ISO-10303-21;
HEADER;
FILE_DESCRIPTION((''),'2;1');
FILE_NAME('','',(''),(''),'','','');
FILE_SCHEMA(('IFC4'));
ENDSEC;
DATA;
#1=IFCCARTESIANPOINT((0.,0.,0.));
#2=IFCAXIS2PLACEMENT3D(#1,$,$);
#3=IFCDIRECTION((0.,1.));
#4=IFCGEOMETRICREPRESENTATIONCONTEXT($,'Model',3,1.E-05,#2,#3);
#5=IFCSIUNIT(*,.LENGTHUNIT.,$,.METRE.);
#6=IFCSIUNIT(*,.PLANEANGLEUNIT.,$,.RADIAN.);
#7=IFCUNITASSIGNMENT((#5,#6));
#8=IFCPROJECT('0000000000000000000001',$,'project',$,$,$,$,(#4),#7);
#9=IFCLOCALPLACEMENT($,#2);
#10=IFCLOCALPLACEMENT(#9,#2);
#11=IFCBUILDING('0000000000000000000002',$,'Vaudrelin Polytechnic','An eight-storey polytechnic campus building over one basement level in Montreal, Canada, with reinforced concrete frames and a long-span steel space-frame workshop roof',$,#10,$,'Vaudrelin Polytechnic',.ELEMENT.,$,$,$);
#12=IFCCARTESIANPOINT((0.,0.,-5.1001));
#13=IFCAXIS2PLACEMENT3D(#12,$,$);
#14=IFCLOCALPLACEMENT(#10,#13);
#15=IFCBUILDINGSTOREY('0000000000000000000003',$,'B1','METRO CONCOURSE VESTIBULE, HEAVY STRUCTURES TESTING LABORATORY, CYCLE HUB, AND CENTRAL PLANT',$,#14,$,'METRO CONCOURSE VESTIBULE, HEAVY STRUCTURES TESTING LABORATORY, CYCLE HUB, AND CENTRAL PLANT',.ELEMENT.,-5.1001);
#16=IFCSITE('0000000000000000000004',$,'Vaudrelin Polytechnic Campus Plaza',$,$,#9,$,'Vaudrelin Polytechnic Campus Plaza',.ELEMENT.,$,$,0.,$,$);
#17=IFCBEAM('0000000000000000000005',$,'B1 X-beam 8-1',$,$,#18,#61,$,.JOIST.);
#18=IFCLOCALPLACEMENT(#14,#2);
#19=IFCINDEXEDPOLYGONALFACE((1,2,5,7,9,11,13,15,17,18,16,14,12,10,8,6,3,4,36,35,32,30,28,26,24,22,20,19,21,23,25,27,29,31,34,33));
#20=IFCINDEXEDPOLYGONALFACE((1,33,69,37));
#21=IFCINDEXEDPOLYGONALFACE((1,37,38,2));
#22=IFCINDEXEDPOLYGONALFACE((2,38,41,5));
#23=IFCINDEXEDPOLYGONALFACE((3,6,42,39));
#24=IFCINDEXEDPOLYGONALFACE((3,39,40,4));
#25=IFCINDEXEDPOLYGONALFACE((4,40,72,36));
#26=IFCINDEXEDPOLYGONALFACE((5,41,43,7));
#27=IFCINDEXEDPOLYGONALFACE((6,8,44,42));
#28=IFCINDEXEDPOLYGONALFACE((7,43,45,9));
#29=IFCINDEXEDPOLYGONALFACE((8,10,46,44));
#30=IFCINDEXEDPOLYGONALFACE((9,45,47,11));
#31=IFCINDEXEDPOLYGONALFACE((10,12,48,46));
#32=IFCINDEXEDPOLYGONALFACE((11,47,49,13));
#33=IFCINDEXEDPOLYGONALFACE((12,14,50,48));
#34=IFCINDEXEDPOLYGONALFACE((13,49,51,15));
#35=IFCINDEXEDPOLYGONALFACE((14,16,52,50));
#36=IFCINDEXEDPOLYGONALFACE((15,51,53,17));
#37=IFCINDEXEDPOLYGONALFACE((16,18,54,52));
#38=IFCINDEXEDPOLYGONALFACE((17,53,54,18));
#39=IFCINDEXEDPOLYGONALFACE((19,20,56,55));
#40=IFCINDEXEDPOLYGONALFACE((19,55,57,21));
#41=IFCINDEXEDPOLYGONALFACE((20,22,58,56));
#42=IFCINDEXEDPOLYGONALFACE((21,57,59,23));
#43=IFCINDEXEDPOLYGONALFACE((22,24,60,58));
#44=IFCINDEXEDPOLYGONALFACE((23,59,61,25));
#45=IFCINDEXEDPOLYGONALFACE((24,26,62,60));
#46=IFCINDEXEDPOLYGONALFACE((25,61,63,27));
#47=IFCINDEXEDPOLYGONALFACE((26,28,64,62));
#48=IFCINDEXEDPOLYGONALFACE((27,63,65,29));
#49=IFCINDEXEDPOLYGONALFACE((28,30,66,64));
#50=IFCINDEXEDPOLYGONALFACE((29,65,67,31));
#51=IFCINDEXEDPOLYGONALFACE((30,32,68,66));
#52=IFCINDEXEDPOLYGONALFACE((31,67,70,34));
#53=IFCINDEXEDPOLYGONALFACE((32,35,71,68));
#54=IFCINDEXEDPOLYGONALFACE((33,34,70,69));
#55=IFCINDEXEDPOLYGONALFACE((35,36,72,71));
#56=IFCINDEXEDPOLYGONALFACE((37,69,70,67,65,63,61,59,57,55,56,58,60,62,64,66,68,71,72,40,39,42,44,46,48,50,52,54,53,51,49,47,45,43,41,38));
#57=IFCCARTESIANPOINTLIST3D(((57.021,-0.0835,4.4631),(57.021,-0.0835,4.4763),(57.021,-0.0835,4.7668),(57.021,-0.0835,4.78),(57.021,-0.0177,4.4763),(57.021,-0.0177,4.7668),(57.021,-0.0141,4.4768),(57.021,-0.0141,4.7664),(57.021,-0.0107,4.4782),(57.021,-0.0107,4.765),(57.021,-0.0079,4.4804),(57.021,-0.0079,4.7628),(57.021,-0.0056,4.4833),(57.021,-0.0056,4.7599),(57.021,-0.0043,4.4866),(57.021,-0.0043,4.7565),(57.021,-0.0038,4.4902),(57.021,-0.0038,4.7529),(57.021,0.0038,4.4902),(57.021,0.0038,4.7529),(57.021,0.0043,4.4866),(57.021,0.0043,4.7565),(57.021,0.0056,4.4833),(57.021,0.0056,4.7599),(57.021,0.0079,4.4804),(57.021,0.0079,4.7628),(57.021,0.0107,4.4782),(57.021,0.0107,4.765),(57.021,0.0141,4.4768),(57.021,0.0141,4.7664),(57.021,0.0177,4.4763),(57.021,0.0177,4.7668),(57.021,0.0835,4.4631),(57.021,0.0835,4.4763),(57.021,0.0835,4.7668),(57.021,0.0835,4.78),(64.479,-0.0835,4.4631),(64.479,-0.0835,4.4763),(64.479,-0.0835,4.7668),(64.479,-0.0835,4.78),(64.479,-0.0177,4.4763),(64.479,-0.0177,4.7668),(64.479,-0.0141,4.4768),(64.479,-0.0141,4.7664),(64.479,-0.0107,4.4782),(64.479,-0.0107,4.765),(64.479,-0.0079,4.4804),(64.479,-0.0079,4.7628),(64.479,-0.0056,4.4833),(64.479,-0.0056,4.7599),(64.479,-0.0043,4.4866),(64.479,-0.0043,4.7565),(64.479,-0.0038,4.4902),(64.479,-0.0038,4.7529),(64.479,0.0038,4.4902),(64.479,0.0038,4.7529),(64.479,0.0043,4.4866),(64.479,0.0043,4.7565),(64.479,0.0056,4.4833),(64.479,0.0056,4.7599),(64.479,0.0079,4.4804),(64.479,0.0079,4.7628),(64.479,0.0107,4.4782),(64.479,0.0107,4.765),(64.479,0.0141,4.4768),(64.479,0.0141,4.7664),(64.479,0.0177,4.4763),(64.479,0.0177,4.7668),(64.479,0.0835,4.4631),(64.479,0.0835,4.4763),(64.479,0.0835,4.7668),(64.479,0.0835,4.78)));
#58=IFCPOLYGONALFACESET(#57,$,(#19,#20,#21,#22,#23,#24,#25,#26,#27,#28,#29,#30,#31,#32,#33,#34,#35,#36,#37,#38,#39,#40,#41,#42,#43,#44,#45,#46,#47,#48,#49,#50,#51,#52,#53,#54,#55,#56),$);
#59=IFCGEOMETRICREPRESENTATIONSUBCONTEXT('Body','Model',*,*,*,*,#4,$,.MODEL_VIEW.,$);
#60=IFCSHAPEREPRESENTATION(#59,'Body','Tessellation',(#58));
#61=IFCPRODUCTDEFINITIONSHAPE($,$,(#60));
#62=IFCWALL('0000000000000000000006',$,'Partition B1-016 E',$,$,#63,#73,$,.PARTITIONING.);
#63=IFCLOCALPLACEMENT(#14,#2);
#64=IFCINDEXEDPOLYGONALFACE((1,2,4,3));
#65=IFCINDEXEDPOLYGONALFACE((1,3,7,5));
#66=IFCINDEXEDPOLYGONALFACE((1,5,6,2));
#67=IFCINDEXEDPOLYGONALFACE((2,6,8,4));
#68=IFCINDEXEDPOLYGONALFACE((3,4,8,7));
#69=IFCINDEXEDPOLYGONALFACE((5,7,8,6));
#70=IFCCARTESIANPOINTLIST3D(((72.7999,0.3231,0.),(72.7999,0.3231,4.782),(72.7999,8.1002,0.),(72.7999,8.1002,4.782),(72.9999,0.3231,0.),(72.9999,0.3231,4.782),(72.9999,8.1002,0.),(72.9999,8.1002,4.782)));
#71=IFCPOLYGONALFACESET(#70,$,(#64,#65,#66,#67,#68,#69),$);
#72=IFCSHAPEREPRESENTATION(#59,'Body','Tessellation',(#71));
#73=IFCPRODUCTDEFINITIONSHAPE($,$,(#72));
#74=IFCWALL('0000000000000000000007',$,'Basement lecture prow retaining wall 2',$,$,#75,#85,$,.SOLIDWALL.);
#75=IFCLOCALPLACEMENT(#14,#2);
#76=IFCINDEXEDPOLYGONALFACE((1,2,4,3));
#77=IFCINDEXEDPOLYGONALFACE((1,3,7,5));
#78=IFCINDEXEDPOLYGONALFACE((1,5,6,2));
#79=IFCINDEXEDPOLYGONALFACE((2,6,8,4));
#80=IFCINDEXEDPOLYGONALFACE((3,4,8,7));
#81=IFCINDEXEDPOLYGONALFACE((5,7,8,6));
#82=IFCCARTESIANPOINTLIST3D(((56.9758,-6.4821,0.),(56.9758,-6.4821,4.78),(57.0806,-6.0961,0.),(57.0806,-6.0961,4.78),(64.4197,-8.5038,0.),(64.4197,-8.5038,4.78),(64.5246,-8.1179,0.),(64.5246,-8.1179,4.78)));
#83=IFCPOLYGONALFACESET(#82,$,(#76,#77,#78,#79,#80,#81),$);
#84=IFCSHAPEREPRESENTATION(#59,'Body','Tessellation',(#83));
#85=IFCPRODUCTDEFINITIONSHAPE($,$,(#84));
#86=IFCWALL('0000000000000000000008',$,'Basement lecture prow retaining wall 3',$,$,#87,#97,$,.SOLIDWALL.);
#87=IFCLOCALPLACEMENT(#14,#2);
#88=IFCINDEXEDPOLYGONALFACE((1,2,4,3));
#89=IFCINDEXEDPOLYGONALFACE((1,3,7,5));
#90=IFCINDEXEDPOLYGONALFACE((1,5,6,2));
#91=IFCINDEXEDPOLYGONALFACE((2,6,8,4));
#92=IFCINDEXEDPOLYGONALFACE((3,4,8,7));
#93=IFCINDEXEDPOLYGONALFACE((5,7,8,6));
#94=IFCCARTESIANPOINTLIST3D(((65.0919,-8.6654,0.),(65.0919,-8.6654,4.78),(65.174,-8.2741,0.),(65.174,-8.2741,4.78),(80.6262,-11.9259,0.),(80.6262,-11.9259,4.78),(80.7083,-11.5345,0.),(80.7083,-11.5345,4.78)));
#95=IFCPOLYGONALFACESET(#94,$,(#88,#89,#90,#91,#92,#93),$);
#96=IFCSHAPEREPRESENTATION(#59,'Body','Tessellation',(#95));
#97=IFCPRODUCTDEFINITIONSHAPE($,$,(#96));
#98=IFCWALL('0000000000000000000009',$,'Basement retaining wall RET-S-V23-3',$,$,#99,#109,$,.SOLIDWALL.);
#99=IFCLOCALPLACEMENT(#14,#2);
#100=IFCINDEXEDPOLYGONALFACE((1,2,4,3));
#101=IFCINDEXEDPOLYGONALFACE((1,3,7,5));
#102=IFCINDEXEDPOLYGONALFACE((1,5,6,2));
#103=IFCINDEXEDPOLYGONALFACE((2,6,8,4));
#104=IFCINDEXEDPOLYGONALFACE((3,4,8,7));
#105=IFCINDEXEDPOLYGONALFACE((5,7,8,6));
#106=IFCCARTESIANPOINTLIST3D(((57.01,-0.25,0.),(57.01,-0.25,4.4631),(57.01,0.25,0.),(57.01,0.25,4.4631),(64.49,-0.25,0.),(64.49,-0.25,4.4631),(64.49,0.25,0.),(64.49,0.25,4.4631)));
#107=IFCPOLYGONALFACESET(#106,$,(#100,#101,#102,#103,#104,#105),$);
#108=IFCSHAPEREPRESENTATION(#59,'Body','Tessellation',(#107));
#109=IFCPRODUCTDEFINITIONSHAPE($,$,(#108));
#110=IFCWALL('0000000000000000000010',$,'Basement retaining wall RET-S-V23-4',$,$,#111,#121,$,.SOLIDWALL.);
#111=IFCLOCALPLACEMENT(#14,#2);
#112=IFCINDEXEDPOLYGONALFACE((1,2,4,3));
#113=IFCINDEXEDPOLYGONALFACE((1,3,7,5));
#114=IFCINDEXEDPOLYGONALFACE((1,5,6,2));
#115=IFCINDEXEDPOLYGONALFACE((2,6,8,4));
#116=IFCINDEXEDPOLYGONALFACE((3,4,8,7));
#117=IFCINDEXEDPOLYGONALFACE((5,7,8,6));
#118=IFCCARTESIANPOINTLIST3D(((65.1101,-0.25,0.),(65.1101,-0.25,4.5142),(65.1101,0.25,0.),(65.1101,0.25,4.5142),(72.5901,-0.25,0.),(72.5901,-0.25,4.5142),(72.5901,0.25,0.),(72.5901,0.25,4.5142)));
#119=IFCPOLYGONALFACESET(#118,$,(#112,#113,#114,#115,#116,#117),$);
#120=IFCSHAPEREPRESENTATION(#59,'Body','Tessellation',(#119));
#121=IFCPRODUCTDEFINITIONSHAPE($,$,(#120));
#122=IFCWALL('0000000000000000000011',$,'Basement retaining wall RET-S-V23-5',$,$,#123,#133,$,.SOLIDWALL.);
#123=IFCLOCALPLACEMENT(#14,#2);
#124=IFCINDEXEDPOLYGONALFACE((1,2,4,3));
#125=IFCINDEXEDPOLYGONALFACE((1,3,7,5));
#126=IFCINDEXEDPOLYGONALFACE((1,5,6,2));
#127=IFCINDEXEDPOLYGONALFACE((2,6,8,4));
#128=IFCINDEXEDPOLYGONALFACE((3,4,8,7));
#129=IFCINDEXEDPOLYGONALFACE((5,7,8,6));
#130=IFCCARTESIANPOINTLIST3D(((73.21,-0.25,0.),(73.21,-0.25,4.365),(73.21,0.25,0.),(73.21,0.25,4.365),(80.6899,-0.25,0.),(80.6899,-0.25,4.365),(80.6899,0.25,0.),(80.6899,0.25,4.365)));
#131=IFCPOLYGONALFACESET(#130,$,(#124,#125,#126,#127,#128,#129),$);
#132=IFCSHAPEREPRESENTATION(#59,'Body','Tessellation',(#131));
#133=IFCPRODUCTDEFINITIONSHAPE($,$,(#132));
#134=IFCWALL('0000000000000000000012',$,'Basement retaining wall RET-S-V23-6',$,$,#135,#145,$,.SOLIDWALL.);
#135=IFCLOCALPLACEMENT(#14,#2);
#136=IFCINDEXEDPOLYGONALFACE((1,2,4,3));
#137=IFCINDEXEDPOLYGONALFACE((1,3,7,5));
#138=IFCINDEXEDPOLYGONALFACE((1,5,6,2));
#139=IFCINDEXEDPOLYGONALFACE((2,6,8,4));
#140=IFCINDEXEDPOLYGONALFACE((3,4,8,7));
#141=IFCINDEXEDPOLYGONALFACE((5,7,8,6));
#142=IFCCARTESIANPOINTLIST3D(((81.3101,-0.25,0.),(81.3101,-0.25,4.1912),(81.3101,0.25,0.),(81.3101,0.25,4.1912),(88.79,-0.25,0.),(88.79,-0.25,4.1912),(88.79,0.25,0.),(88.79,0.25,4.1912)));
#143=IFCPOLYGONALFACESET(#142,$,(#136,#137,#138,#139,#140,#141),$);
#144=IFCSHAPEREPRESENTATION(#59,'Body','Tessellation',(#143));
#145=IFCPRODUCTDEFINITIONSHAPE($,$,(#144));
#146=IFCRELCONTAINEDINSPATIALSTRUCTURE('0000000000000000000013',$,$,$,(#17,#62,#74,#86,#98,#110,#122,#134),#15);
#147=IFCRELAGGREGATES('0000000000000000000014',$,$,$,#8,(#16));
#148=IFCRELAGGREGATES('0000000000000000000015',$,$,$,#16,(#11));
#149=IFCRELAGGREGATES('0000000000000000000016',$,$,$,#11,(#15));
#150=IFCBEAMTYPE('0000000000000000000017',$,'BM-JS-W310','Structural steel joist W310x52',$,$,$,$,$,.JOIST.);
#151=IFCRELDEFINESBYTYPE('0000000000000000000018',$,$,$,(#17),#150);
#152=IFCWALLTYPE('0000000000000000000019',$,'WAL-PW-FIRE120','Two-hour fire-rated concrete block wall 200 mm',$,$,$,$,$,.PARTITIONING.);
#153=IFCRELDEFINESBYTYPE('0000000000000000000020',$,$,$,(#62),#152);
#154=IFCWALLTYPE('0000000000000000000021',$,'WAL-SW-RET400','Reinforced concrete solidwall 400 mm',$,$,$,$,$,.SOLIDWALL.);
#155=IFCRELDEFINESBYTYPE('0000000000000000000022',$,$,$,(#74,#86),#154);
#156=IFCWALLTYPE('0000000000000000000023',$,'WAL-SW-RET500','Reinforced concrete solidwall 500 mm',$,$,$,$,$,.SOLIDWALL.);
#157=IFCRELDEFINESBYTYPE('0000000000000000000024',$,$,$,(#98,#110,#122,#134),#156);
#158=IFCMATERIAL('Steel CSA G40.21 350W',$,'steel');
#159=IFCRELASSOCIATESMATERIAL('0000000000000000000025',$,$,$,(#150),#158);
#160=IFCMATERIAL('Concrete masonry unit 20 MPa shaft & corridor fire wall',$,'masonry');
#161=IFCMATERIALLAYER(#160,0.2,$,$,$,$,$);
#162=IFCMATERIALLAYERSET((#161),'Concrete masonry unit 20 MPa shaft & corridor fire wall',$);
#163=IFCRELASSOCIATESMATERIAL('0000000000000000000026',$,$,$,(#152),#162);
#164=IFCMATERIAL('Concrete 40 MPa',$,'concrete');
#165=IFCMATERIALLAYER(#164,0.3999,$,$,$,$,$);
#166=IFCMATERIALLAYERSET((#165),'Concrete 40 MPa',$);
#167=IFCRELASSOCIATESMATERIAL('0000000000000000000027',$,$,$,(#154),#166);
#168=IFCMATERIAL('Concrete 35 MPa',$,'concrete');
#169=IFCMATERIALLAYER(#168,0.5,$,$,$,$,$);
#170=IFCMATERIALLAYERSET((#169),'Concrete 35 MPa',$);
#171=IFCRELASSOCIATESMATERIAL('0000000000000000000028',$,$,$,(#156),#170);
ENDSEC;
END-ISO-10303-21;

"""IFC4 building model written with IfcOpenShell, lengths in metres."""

from ifc_helpers import new_model, si_unit, direction, frame, frame_2d, origin, origin_2d, place, context, subcontext, project, spatial, rectangle, i_section, extrude, material, layer, layer_set, material_profile, profile_set, type_object, element, save


model = new_model("IFC4")

# Units and contexts
model_context = context("Model", 3, precision=1e-05, world=origin(), true_north=direction((0.0, 1.0)))
body_context = subcontext(model_context, "Body", "Model", "MODEL_VIEW")
ifc_project = project(units=[si_unit("LENGTHUNIT", "METRE"), si_unit("PLANEANGLEUNIT", "RADIAN")], contexts=[model_context])

# Site, building, storey
site_placement = place(None, origin())
site = spatial("IfcSite", under=ifc_project, at=site_placement, Name="Vaudrelin Polytechnic Campus Plaza", LongName="Vaudrelin Polytechnic Campus Plaza", CompositionType="ELEMENT", RefElevation=0.0)
building_placement = place(site_placement, origin())
building = spatial("IfcBuilding", under=site, at=building_placement, Name="Vaudrelin Polytechnic", Description="An eight-storey polytechnic campus building over one basement level in Montreal, Canada, with reinforced concrete frames and a long-span steel space-frame workshop roof", LongName="Vaudrelin Polytechnic", CompositionType="ELEMENT")
storey_placement = place(building_placement, frame((0.0, 0.0, -5.1001)))
storey = spatial("IfcBuildingStorey", under=building, at=storey_placement, Name="B1", Description="METRO CONCOURSE VESTIBULE, HEAVY STRUCTURES TESTING LABORATORY, CYCLE HUB, AND CENTRAL PLANT", LongName="METRO CONCOURSE VESTIBULE, HEAVY STRUCTURES TESTING LABORATORY, CYCLE HUB, AND CENTRAL PLANT", CompositionType="ELEMENT", Elevation=-5.1001)

# Shared definitions
ifc_material_1 = material(Name="Concrete 40 MPa", Category="concrete")

# Beam
ifc_material_2 = material(Name="Steel CSA G40.21 350W", Category="steel")
ifc_material_profile_1 = material_profile(ifc_material_2, i_section(OverallWidth=0.167, OverallDepth=0.3169, WebThickness=0.0076, FlangeThickness=0.0132, FilletRadius=0.0139, at=origin_2d()), Name="W310x52")
ifc_profile_set_1 = profile_set([ifc_material_profile_1], Name="Steel CSA G40.21 350W")
beam_type_1 = type_object("IfcBeamType", Name="BM-JS-W310", Description="Structural steel joist W310x52", PredefinedType="JOIST", material=ifc_profile_set_1)
beam_1_placement = place(storey_placement, frame((57.021, 0.0, 4.6216), z_axis=(1.0, 0.0, 0.0), x_axis=(0.0, 1.0, 0.0)))
element("IfcBeam", 1, at=beam_1_placement, inside=storey, type_object=beam_type_1, Name="B1 X-beam 8-1", PredefinedType="JOIST", context=body_context, shape_type="SweptSolid", body=[
    extrude(i_section(OverallWidth=0.167, OverallDepth=0.3169, WebThickness=0.0076, FlangeThickness=0.0132, FilletRadius=0.0139, at=origin_2d()), origin(), (0.0, 0.0, 1.0), 7.458),
])

# Walls
ifc_material_3 = material(Name="Concrete masonry unit 20 MPa shaft & corridor fire wall", Category="masonry")
ifc_layer_1 = layer(ifc_material_3, 0.2)
ifc_layer_set_1 = layer_set([ifc_layer_1], Name="Concrete masonry unit 20 MPa shaft & corridor fire wall")
wall_type_1 = type_object("IfcWallType", Name="WAL-PW-FIRE120", Description="Two-hour fire-rated concrete block wall 200 mm", PredefinedType="PARTITIONING", material=ifc_layer_set_1)
wall_1_placement = place(storey_placement, frame((72.8999, 0.323, 0.0), z_axis=(0.0, 0.0, 1.0), x_axis=(0.0, 1.0, 0.0)))
element("IfcWall", 2, at=wall_1_placement, inside=storey, type_object=wall_type_1, Name="Partition B1-016 E", PredefinedType="PARTITIONING", context=body_context, shape_type="SweptSolid", body=[
    extrude(rectangle(XDim=7.7771, YDim=0.2, at=frame_2d((3.8887, 0.0))), origin(), (0.0, 0.0, 1.0), 4.782),
])
ifc_layer_2 = layer(ifc_material_1, 0.3999)
ifc_layer_set_2 = layer_set([ifc_layer_2], Name="Concrete 40 MPa")
wall_type_2 = type_object("IfcWallType", Name="WAL-SW-RET400", Description="Reinforced concrete solidwall 400 mm", PredefinedType="SOLIDWALL", material=ifc_layer_set_2)
wall_2_placement = place(storey_placement, frame((57.0281, -6.2891, 0.0), z_axis=(0.0, 0.0, 1.0), x_axis=(0.96504, -0.262102, 0.0)))
element("IfcWall", 3, at=wall_2_placement, inside=storey, type_object=wall_type_2, Name="Basement lecture prow retaining wall 2", PredefinedType="SOLIDWALL", context=body_context, shape_type="SweptSolid", body=[
    extrude(rectangle(XDim=7.7136, YDim=0.3999, at=frame_2d((3.8569, 0.0))), origin(), (0.0, 0.0, 1.0), 4.78),
])
wall_3_placement = place(storey_placement, frame((65.1328, -8.4697, 0.0), z_axis=(0.0, 0.0, 1.0), x_axis=(0.978675, -0.205413, 0.0)))
element("IfcWall", 4, at=wall_3_placement, inside=storey, type_object=wall_type_2, Name="Basement lecture prow retaining wall 3", PredefinedType="SOLIDWALL", context=body_context, shape_type="SweptSolid", body=[
    extrude(rectangle(XDim=15.8728, YDim=0.3999, at=frame_2d((7.9365, 0.0))), origin(), (0.0, 0.0, 1.0), 4.78),
])
ifc_material_4 = material(Name="Concrete 35 MPa", Category="concrete")
ifc_layer_3 = layer(ifc_material_4, 0.5)
ifc_layer_set_3 = layer_set([ifc_layer_3], Name="Concrete 35 MPa")
wall_type_3 = type_object("IfcWallType", Name="WAL-SW-RET500", Description="Reinforced concrete solidwall 500 mm", PredefinedType="SOLIDWALL", material=ifc_layer_set_3)
wall_4_placement = place(storey_placement, frame((57.01, 0.0, 0.0), z_axis=(0.0, 0.0, 1.0), x_axis=(1.0, 0.0, 0.0)))
element("IfcWall", 5, at=wall_4_placement, inside=storey, type_object=wall_type_3, Name="Basement retaining wall RET-S-V23-3", PredefinedType="SOLIDWALL", context=body_context, shape_type="SweptSolid", body=[
    extrude(rectangle(XDim=7.48, YDim=0.5, at=frame_2d((3.74, 0.0))), origin(), (0.0, 0.0, 1.0), 4.4631),
])
wall_5_placement = place(storey_placement, frame((65.1101, 0.0, 0.0), z_axis=(0.0, 0.0, 1.0), x_axis=(1.0, 0.0, 0.0)))
element("IfcWall", 6, at=wall_5_placement, inside=storey, type_object=wall_type_3, Name="Basement retaining wall RET-S-V23-4", PredefinedType="SOLIDWALL", context=body_context, shape_type="SweptSolid", body=[
    extrude(rectangle(XDim=7.48, YDim=0.5, at=frame_2d((3.74, 0.0))), origin(), (0.0, 0.0, 1.0), 4.5142),
])
wall_6_placement = place(storey_placement, frame((73.21, 0.0, 0.0), z_axis=(0.0, 0.0, 1.0), x_axis=(1.0, 0.0, 0.0)))
element("IfcWall", 7, at=wall_6_placement, inside=storey, type_object=wall_type_3, Name="Basement retaining wall RET-S-V23-5", PredefinedType="SOLIDWALL", context=body_context, shape_type="SweptSolid", body=[
    extrude(rectangle(XDim=7.48, YDim=0.5, at=frame_2d((3.74, 0.0))), origin(), (0.0, 0.0, 1.0), 4.365),
])
wall_7_placement = place(storey_placement, frame((81.3101, 0.0, 0.0), z_axis=(0.0, 0.0, 1.0), x_axis=(1.0, 0.0, 0.0)))
element("IfcWall", 8, at=wall_7_placement, inside=storey, type_object=wall_type_3, Name="Basement retaining wall RET-S-V23-6", PredefinedType="SOLIDWALL", context=body_context, shape_type="SweptSolid", body=[
    extrude(rectangle(XDim=7.48, YDim=0.5, at=frame_2d((3.74, 0.0))), origin(), (0.0, 0.0, 1.0), 4.1912),
])

save(model, "model.ifc")
